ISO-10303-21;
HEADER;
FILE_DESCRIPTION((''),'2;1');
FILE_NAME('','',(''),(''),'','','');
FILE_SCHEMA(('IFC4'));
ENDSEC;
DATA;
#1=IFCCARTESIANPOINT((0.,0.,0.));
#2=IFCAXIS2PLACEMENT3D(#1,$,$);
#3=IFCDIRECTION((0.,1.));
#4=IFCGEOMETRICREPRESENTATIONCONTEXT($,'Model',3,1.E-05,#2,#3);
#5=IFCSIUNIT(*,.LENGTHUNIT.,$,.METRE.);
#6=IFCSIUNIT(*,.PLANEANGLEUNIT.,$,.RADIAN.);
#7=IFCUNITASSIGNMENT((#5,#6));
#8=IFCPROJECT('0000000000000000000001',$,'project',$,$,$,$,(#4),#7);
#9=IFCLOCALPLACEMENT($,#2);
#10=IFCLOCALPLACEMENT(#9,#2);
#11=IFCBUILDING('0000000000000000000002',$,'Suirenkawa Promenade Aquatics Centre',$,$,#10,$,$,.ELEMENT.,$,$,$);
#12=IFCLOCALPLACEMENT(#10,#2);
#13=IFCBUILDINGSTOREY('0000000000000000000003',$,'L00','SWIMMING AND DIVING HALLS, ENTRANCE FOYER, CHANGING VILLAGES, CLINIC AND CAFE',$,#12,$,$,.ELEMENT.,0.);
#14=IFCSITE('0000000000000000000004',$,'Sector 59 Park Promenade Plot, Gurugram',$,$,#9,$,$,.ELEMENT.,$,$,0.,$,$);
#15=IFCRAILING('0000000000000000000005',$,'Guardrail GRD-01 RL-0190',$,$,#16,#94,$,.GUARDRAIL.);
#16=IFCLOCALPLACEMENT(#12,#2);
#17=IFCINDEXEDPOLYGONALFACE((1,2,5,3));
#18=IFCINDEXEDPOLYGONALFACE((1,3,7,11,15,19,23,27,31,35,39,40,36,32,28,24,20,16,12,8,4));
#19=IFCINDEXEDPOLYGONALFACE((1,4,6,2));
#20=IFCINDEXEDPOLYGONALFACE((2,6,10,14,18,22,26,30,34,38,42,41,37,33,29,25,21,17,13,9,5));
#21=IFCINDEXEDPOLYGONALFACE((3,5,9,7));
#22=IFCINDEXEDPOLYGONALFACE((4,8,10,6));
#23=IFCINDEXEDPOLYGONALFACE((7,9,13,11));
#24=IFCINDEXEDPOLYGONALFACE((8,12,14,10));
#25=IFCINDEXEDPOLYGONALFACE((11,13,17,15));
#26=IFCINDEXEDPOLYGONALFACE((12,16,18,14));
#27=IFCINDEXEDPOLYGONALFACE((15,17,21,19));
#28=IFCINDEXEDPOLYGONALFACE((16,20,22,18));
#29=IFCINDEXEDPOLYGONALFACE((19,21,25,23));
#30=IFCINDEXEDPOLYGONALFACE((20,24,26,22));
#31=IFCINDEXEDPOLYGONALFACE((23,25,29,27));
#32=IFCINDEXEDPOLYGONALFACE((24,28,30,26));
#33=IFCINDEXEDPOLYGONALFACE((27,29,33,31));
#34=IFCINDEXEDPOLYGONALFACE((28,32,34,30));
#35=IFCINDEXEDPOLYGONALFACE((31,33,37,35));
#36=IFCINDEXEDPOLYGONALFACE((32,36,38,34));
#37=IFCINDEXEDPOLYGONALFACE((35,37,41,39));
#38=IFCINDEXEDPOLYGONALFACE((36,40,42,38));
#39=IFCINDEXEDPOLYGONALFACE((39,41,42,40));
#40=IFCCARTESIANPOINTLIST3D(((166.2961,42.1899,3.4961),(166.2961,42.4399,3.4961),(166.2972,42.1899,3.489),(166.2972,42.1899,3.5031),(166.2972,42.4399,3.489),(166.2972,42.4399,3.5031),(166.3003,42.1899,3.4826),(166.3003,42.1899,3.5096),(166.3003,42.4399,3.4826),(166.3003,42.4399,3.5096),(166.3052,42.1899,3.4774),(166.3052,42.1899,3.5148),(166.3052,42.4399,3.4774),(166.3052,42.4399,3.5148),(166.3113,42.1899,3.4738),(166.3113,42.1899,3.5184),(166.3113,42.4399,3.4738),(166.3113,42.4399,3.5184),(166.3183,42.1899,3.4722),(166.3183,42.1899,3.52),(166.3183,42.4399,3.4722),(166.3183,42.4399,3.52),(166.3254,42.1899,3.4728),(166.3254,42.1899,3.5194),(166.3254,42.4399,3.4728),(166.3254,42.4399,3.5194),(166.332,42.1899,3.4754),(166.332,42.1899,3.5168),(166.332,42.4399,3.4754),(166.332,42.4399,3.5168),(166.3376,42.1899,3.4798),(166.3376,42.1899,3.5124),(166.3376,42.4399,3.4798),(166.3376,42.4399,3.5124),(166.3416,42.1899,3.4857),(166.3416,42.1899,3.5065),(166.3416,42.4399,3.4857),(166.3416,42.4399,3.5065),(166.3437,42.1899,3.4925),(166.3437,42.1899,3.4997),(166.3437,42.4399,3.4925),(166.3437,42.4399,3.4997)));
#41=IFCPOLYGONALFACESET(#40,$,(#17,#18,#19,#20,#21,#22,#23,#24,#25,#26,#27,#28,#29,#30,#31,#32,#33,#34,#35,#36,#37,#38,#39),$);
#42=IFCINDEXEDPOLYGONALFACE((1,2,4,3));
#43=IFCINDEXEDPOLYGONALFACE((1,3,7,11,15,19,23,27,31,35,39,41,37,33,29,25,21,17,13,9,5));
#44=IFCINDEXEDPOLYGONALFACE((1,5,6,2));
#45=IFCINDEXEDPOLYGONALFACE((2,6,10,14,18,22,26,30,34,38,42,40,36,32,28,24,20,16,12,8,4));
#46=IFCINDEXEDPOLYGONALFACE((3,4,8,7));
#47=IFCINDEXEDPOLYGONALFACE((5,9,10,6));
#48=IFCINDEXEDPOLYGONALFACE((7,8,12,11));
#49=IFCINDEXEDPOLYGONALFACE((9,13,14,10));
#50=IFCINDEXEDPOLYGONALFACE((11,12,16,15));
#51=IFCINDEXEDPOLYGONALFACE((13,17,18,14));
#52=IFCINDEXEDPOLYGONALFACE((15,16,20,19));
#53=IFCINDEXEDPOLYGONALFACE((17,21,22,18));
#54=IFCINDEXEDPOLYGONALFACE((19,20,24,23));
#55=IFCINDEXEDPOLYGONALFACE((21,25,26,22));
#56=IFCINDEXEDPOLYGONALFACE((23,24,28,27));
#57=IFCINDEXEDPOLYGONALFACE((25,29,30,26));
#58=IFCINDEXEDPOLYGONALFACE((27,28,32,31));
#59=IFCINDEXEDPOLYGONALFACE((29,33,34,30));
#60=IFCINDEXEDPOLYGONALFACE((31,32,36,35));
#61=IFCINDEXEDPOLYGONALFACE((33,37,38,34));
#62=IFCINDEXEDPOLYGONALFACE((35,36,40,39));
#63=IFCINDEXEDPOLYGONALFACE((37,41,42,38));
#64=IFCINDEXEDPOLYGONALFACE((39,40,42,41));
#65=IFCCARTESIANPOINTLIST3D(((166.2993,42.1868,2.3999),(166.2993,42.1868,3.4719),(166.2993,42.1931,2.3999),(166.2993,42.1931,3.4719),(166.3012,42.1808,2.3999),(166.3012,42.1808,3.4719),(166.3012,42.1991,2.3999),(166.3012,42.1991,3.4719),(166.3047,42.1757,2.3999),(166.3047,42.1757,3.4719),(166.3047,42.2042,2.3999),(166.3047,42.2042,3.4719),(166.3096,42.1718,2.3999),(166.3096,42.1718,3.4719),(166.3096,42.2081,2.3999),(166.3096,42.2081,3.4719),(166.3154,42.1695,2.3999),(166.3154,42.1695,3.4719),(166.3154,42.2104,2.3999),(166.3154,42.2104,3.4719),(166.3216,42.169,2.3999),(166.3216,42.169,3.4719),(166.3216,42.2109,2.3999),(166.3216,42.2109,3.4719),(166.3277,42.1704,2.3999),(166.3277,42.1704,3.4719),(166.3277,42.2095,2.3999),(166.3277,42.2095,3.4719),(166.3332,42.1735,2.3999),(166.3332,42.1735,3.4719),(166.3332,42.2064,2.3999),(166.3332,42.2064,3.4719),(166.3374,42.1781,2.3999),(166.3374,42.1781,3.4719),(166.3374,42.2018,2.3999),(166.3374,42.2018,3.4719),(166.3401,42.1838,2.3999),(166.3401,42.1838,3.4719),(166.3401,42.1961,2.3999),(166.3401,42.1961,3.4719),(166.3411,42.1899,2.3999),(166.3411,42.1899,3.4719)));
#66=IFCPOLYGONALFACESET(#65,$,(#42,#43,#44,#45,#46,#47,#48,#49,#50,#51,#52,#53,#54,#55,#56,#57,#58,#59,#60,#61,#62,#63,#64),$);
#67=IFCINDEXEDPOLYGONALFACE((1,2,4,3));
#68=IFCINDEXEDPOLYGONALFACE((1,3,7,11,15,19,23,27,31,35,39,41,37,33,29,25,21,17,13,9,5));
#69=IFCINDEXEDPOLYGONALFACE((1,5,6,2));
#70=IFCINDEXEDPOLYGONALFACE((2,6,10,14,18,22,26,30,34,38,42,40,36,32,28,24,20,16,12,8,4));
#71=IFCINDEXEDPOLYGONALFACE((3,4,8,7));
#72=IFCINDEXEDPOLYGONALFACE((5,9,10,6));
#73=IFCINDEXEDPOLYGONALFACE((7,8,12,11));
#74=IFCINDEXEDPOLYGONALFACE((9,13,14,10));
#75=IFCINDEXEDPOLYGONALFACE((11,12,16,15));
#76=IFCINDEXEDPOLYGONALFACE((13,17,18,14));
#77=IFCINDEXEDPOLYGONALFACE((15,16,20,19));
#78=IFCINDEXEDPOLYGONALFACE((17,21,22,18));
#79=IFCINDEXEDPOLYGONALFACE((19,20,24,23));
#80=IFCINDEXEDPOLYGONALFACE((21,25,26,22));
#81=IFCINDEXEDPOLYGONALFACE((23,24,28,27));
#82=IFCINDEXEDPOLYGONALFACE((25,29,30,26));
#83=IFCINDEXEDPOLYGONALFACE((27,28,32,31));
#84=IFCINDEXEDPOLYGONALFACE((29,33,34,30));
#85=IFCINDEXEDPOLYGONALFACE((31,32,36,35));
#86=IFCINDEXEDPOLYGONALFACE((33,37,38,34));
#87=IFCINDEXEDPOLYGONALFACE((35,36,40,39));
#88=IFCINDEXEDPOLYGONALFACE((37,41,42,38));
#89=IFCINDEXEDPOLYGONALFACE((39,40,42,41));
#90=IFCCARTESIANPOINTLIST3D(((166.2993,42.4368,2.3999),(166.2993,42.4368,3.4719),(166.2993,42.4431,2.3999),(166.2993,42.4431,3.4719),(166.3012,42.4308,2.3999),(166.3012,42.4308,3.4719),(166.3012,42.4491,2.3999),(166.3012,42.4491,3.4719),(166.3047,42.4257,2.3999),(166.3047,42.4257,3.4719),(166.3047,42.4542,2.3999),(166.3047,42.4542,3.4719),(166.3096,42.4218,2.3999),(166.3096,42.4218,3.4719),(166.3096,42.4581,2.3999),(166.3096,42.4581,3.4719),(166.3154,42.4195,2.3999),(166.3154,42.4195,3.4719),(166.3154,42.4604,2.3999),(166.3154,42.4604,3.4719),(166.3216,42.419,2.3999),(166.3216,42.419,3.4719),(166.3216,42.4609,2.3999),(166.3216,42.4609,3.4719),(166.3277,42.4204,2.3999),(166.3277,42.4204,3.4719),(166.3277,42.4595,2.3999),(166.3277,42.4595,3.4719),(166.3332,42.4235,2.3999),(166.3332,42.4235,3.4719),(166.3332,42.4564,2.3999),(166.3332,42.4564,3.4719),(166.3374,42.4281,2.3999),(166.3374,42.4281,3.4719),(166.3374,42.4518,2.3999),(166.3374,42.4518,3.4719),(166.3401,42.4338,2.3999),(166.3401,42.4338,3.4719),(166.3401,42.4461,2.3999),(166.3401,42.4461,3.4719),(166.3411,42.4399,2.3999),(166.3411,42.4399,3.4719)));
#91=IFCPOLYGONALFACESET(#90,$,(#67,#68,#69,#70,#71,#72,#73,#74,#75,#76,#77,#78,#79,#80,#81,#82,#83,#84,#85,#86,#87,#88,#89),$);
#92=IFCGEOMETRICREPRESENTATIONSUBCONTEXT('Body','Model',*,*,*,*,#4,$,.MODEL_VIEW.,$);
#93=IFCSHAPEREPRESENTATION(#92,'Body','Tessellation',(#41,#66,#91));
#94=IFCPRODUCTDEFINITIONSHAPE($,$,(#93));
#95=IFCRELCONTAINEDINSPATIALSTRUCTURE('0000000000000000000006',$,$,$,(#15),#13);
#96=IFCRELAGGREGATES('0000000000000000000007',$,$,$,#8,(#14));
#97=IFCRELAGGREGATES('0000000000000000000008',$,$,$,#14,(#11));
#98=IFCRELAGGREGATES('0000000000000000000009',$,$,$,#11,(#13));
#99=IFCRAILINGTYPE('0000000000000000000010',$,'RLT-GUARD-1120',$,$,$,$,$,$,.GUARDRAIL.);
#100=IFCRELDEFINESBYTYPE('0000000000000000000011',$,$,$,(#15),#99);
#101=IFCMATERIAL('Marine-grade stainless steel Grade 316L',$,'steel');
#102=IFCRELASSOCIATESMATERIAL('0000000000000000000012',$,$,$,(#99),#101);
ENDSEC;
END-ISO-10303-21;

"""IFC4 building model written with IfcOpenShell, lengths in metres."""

from ifc_helpers import new_model, si_unit, direction, frame, origin, origin_2d, place, context, subcontext, project, spatial, circle, extrude, material, type_object, element, save


model = new_model("IFC4")

# Units and contexts
model_context = context("Model", 3, precision=1e-05, world=origin(), true_north=direction((0.0, 1.0)))
body_context = subcontext(model_context, "Body", "Model", "MODEL_VIEW")
ifc_project = project(units=[si_unit("LENGTHUNIT", "METRE"), si_unit("PLANEANGLEUNIT", "RADIAN")], contexts=[model_context])

# Site, building, storey
site_placement = place(None, origin())
site = spatial("IfcSite", under=ifc_project, at=site_placement, Name="Sector 59 Park Promenade Plot, Gurugram", CompositionType="ELEMENT", RefElevation=0.0)
building_placement = place(site_placement, origin())
building = spatial("IfcBuilding", under=site, at=building_placement, Name="Suirenkawa Promenade Aquatics Centre", CompositionType="ELEMENT")
storey_placement = place(building_placement, origin())
storey = spatial("IfcBuildingStorey", under=building, at=storey_placement, Name="L00", Description="SWIMMING AND DIVING HALLS, ENTRANCE FOYER, CHANGING VILLAGES, CLINIC AND CAFE", CompositionType="ELEMENT", Elevation=0.0)

# Shared definitions
ifc_material_1 = material(Name="Marine-grade stainless steel Grade 316L", Category="steel")

# Railing
railing_type_1 = type_object("IfcRailingType", Name="RLT-GUARD-1120", PredefinedType="GUARDRAIL", material=ifc_material_1)
railing_1_placement = place(storey_placement, frame((166.3201, 42.1899, 2.3999)))
element("IfcRailing", 1, at=railing_1_placement, inside=storey, type_object=railing_type_1, Name="Guardrail GRD-01 RL-0190", PredefinedType="GUARDRAIL", context=body_context, shape_type="SweptSolid", body=[
    extrude(circle(Radius=0.0239, at=origin_2d()), frame((0.0, 0.0, 1.0962), z_axis=(0.0, 1.0, 0.0), x_axis=(-1.0, 0.0, 0.0)), (0.0, 0.0, 1.0), 0.25),
    extrude(circle(Radius=0.021, at=origin_2d()), origin(), (0.0, 0.0, 1.0), 1.072),
    extrude(circle(Radius=0.021, at=origin_2d()), frame((0.0, 0.25, 0.0)), (0.0, 0.0, 1.0), 1.072),
])

save(model, "model.ifc")
